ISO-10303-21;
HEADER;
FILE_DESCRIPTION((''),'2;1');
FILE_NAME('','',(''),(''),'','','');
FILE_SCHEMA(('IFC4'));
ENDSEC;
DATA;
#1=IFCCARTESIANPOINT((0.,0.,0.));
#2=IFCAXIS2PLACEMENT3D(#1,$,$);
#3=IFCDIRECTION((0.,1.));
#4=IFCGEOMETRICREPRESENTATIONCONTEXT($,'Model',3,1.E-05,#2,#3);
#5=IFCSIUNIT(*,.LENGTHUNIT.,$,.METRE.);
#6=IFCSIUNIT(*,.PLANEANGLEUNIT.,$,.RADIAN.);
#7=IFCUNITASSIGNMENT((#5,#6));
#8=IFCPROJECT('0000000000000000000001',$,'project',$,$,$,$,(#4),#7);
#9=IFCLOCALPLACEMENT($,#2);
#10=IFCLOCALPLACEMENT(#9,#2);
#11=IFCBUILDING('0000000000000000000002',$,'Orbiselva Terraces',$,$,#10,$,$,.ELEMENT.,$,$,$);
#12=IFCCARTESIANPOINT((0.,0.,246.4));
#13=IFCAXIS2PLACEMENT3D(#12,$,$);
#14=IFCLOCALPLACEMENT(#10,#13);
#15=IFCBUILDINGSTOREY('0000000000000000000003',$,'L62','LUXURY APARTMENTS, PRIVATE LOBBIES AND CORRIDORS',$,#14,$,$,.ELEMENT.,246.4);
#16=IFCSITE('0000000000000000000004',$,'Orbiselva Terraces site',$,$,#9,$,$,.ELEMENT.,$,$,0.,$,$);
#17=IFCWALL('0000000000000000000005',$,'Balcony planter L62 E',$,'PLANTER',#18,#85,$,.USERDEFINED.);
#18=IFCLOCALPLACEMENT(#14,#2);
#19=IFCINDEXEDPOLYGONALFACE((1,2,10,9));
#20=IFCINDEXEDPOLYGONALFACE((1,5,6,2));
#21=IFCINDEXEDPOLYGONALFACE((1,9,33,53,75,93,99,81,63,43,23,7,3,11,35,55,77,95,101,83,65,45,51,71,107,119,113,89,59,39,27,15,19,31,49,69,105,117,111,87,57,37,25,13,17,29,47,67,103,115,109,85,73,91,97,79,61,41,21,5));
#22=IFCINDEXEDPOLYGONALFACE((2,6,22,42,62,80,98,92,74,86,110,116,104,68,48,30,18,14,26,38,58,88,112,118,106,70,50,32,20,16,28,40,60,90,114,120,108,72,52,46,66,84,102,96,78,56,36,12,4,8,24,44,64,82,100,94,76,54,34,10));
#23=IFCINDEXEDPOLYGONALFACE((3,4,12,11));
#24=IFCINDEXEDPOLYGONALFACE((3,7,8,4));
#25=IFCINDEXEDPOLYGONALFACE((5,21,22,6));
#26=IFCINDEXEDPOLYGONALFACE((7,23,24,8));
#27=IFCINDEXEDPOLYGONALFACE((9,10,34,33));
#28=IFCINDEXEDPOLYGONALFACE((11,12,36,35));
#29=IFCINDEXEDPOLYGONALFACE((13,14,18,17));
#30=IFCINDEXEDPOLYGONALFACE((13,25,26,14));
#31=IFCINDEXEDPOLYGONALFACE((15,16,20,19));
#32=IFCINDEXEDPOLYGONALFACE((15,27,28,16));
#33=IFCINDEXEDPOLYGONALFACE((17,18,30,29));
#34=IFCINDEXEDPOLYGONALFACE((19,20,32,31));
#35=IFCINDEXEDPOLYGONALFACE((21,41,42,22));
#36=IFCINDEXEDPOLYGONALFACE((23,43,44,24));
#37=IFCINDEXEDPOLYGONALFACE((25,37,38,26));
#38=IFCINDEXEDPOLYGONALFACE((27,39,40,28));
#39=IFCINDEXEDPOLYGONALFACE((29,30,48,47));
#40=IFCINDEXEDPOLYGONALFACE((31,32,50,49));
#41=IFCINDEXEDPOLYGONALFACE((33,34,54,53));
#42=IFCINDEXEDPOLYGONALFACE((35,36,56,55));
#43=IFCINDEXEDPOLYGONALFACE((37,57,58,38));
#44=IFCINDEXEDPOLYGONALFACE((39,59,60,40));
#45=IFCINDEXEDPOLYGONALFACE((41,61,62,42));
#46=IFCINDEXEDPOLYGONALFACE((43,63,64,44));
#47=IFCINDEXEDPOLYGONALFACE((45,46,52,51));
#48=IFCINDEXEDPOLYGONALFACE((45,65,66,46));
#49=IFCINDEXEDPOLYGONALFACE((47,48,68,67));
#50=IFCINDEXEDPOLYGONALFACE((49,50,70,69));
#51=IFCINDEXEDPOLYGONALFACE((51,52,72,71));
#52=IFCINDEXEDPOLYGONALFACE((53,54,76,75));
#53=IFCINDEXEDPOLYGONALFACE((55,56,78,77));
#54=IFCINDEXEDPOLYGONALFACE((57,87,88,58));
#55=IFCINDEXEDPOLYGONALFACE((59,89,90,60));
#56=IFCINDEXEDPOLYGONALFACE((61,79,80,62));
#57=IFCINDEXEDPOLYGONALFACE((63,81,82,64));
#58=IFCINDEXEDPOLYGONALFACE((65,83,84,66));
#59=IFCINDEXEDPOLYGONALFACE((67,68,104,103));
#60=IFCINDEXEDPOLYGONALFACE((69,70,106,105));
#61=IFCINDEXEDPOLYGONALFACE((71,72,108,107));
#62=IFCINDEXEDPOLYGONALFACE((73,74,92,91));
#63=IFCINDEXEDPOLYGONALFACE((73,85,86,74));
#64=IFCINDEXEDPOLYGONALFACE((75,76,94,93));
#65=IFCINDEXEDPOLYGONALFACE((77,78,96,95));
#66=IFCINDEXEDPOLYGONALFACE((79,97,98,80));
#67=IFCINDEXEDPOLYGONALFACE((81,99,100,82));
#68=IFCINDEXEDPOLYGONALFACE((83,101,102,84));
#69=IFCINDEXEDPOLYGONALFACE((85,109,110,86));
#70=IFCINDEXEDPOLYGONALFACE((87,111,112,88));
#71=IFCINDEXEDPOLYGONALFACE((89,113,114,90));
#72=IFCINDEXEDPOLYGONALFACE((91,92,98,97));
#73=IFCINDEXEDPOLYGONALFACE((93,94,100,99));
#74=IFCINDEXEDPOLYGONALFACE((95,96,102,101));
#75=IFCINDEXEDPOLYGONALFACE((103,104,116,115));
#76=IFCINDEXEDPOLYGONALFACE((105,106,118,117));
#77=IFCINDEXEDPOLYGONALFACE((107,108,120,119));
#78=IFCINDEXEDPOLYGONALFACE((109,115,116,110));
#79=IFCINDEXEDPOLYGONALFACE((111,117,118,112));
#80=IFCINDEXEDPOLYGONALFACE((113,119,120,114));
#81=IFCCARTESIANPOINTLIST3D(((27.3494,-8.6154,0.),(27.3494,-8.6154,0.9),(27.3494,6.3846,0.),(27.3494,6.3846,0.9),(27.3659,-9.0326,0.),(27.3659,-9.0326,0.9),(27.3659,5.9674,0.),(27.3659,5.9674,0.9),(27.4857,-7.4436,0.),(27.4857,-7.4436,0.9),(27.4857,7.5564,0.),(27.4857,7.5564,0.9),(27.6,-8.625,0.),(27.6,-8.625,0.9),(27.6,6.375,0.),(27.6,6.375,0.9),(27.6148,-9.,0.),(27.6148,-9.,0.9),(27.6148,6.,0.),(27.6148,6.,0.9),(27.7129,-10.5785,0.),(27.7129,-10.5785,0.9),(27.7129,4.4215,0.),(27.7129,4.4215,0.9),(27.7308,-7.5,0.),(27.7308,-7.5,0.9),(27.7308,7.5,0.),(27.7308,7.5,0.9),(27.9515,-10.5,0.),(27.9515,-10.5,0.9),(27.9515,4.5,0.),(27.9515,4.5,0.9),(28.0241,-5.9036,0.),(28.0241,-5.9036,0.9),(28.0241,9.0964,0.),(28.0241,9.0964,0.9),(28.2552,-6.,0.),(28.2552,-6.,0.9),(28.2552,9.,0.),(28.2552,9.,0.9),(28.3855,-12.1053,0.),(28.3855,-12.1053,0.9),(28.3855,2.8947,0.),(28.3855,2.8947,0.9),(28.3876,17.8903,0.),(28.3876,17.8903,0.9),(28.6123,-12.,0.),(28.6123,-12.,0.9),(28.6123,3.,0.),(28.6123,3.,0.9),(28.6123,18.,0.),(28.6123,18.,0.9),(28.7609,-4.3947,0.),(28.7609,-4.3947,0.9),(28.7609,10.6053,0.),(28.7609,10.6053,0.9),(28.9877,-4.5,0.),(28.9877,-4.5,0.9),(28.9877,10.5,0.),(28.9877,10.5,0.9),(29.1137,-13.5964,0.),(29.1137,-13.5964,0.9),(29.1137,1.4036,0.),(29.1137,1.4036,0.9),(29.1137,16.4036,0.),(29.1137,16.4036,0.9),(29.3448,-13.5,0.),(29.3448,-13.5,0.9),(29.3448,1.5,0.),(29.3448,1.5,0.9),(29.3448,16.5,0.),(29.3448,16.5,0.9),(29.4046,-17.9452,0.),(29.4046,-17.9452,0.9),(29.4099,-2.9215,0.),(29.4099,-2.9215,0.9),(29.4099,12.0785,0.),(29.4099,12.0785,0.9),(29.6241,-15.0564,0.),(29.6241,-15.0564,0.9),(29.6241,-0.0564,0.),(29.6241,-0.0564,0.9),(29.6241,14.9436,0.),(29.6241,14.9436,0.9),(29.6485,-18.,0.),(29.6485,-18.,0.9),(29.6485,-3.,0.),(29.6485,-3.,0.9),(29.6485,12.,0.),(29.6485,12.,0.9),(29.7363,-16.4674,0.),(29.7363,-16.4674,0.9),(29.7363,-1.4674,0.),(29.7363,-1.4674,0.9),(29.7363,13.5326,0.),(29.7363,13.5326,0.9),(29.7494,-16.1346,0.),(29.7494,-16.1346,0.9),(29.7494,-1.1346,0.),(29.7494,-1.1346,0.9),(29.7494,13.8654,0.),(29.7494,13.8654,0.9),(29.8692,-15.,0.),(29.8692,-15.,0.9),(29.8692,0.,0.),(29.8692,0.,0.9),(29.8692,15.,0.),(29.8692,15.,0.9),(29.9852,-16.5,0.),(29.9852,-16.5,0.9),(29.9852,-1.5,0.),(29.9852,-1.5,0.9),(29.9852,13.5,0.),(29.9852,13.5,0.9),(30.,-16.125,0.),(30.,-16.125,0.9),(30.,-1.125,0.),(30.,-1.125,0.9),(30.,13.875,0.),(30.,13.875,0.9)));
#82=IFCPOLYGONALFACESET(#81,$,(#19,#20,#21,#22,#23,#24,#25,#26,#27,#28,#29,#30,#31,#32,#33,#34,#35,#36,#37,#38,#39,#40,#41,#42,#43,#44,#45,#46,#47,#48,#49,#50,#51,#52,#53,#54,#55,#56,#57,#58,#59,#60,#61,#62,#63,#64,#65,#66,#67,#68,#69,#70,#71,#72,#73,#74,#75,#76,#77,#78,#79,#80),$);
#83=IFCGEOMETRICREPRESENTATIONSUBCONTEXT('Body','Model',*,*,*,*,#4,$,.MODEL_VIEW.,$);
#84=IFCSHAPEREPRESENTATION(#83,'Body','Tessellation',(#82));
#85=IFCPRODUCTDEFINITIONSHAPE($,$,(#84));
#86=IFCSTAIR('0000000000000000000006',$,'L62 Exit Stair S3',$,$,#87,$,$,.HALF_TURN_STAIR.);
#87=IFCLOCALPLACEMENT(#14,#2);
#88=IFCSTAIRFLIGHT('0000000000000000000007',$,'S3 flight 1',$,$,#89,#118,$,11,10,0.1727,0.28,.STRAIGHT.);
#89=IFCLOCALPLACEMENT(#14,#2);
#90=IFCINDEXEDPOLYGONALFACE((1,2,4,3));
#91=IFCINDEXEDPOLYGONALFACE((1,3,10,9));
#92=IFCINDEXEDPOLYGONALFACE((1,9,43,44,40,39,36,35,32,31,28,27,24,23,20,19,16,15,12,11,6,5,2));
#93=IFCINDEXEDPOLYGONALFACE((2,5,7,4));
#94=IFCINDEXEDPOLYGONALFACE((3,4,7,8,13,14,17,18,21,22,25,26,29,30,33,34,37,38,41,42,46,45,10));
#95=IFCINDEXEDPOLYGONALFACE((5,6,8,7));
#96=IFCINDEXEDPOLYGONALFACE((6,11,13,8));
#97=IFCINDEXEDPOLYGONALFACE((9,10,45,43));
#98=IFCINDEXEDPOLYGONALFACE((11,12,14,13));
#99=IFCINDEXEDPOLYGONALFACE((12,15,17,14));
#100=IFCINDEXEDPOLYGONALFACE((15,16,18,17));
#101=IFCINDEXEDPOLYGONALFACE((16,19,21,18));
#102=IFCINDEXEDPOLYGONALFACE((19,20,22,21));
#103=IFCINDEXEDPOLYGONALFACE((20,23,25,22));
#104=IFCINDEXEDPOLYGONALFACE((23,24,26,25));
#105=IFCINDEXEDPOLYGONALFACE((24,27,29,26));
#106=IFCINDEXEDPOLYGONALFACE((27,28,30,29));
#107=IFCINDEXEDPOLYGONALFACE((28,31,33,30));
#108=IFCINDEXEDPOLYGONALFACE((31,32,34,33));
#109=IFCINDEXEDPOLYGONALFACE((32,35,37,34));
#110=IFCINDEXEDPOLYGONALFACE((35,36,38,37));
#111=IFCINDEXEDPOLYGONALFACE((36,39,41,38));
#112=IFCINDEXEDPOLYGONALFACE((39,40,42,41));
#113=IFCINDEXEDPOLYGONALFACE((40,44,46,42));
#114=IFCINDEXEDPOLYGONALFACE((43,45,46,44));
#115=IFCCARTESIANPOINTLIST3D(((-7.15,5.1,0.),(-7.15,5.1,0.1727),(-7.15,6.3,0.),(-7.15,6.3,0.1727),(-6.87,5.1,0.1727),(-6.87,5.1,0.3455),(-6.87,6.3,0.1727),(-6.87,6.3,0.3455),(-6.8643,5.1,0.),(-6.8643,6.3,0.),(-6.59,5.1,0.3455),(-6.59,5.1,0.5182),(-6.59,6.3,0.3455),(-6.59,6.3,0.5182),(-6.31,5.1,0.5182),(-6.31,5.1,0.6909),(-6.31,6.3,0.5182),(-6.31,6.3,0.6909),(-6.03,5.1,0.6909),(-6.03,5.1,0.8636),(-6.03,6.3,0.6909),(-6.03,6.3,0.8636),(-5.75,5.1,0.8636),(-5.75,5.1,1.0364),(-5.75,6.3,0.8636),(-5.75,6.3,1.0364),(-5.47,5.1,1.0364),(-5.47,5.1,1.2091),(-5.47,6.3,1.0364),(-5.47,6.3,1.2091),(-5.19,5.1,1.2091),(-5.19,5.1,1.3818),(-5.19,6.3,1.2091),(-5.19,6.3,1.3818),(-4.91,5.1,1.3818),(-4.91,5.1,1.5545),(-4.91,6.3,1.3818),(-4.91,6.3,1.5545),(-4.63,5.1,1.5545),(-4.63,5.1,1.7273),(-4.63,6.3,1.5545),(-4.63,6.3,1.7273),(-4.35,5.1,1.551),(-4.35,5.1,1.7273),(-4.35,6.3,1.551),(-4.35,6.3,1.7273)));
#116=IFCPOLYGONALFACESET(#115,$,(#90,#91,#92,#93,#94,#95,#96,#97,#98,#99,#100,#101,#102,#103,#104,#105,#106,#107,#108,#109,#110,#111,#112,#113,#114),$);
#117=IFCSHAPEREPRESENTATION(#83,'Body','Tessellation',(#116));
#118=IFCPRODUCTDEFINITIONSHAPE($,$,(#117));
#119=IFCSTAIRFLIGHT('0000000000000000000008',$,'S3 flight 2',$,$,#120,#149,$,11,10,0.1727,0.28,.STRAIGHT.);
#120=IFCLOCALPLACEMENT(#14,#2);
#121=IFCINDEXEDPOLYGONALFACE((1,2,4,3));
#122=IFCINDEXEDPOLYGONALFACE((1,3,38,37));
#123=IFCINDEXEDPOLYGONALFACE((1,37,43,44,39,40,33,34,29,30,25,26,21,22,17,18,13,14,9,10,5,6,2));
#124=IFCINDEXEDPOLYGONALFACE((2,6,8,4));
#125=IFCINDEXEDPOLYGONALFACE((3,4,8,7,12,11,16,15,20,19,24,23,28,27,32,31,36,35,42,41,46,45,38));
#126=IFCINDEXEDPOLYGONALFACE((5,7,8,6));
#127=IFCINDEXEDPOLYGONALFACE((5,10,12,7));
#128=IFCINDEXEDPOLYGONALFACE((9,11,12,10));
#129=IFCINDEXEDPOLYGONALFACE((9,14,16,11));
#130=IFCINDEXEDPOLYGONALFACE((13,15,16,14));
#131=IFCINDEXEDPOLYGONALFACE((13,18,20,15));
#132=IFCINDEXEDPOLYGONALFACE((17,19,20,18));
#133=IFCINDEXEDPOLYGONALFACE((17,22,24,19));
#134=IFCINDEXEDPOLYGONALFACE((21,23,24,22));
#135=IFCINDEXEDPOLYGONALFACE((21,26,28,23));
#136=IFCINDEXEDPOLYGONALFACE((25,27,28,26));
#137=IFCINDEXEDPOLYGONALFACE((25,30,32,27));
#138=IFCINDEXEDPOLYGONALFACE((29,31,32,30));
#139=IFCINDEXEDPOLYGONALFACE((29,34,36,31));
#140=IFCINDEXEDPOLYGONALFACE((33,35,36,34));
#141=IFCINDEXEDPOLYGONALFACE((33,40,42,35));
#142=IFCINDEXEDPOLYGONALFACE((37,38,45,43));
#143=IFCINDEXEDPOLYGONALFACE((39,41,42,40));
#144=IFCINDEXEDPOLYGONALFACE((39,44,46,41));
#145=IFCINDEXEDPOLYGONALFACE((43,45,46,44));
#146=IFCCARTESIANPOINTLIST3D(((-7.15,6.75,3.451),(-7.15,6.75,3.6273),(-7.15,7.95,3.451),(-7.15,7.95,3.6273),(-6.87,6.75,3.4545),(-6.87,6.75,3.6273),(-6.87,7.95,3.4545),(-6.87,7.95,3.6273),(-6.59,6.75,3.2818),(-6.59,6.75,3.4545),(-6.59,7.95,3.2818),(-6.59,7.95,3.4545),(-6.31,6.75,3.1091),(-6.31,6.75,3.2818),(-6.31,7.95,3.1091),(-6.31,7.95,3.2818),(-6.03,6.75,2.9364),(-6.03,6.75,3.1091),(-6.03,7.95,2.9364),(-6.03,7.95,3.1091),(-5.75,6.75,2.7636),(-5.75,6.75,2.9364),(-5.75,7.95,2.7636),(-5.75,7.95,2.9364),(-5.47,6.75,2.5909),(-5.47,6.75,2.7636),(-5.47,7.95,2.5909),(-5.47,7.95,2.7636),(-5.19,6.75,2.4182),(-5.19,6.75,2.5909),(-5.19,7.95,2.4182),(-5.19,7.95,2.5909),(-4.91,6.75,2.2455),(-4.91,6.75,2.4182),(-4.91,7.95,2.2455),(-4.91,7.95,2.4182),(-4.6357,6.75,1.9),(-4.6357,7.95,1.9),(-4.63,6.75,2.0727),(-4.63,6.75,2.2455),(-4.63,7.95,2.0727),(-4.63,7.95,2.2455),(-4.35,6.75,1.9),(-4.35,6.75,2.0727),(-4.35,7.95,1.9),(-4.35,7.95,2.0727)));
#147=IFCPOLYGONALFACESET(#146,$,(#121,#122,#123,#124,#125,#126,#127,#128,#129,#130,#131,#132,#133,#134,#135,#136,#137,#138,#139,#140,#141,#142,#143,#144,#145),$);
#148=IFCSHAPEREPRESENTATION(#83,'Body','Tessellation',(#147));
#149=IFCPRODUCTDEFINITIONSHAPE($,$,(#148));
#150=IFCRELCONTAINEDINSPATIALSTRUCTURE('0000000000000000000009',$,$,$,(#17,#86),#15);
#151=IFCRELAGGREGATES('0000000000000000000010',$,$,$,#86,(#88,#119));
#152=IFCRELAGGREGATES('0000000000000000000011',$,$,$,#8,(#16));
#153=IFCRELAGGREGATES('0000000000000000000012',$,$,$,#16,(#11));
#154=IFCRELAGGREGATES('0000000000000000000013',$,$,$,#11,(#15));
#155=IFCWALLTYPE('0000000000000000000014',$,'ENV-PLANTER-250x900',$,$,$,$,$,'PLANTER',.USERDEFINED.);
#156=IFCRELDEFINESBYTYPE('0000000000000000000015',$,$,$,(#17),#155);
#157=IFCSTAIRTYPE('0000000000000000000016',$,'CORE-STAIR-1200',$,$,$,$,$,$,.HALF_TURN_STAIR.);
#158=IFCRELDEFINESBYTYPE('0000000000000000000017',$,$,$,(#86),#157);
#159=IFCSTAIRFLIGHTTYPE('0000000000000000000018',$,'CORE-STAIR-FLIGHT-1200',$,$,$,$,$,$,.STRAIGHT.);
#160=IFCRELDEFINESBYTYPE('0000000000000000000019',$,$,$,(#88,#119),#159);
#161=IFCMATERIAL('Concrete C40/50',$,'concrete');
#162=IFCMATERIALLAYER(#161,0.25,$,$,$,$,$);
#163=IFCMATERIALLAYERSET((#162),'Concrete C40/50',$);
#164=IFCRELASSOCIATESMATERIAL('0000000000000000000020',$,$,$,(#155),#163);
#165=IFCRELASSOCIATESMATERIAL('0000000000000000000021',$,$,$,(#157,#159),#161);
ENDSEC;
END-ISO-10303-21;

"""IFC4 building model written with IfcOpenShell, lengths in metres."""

from ifc_helpers import new_model, si_unit, direction, frame, origin, place, context, subcontext, project, spatial, polyline, outline, extrude, material, layer, layer_set, type_object, element, aggregate, save


model = new_model("IFC4")

# Units and contexts
model_context = context("Model", 3, precision=1e-05, world=origin(), true_north=direction((0.0, 1.0)))
body_context = subcontext(model_context, "Body", "Model", "MODEL_VIEW")
ifc_project = project(units=[si_unit("LENGTHUNIT", "METRE"), si_unit("PLANEANGLEUNIT", "RADIAN")], contexts=[model_context])

# Site, building, storey
site_placement = place(None, origin())
site = spatial("IfcSite", under=ifc_project, at=site_placement, Name="Orbiselva Terraces site", CompositionType="ELEMENT", RefElevation=0.0)
building_placement = place(site_placement, origin())
building = spatial("IfcBuilding", under=site, at=building_placement, Name="Orbiselva Terraces", CompositionType="ELEMENT")
storey_placement = place(building_placement, frame((0.0, 0.0, 246.4)))
storey = spatial("IfcBuildingStorey", under=building, at=storey_placement, Name="L62", Description="LUXURY APARTMENTS, PRIVATE LOBBIES AND CORRIDORS", CompositionType="ELEMENT", Elevation=246.4)

# Wall
ifc_material_1 = material(Name="Concrete C40/50", Category="concrete")
ifc_layer_1 = layer(ifc_material_1, 0.25)
ifc_layer_set_1 = layer_set([ifc_layer_1], Name="Concrete C40/50")
wall_type_1 = type_object("IfcWallType", Name="ENV-PLANTER-250x900", ElementType="PLANTER", PredefinedType="USERDEFINED", material=ifc_layer_set_1)
wall_1_placement = place(storey_placement, origin())
element("IfcWall", 1, at=wall_1_placement, inside=storey, type_object=wall_type_1, Name="Balcony planter L62 E", ObjectType="PLANTER", PredefinedType="USERDEFINED", context=body_context, shape_type="SweptSolid", body=[
    extrude(outline(polyline([(29.6485, -18.0), (29.9852, -16.5), (30.0, -16.125), (29.8692, -15.0), (29.3448, -13.5), (28.6123, -12.0), (27.9515, -10.5), (27.6148, -9.0), (27.6, -8.625), (27.7308, -7.5), (28.2552, -6.0), (28.9877, -4.5), (29.6485, -3.0), (29.9852, -1.5), (30.0, -1.125), (29.8692, 0.0), (29.3448, 1.5), (28.6123, 3.0), (27.9515, 4.5), (27.6148, 6.0), (27.6, 6.375), (27.7308, 7.5), (28.2552, 9.0), (28.9877, 10.5), (29.6485, 12.0), (29.9852, 13.5), (30.0, 13.875), (29.8692, 15.0), (29.3448, 16.5), (28.6123, 18.0), (28.3876, 17.8903), (29.1137, 16.4036), (29.6241, 14.9436), (29.7494, 13.8654), (29.7363, 13.5326), (29.4099, 12.0785), (28.7609, 10.6053), (28.0241, 9.0964), (27.4857, 7.5564), (27.3494, 6.3846), (27.3659, 5.9674), (27.7129, 4.4215), (28.3855, 2.8947), (29.1137, 1.4036), (29.6241, -0.0564), (29.7494, -1.1346), (29.7363, -1.4674), (29.4099, -2.9215), (28.7609, -4.3947), (28.0241, -5.9036), (27.4857, -7.4436), (27.3494, -8.6154), (27.3659, -9.0326), (27.7129, -10.5785), (28.3855, -12.1053), (29.1137, -13.5964), (29.6241, -15.0564), (29.7494, -16.1346), (29.7363, -16.4674), (29.4046, -17.9452), (29.6485, -18.0)])), origin(), (0.0, 0.0, 1.0), 0.9),
])

# Stair, stair flights
stair_type = type_object("IfcStairType", Name="CORE-STAIR-1200", PredefinedType="HALF_TURN_STAIR", material=ifc_material_1)
stair_placement = place(storey_placement, origin())
stair = element("IfcStair", 2, at=stair_placement, inside=storey, type_object=stair_type, Name="L62 Exit Stair S3", PredefinedType="HALF_TURN_STAIR")
stair_flight_type = type_object("IfcStairFlightType", Name="CORE-STAIR-FLIGHT-1200", PredefinedType="STRAIGHT", material=ifc_material_1)
stair_flight_1_placement = place(storey_placement, frame((-7.15, 5.7, 0.0), z_axis=(0.0, 0.0, 1.0), x_axis=(1.0, 0.0, 0.0)))
stair_flight_1 = element("IfcStairFlight", 3, at=stair_flight_1_placement, type_object=stair_flight_type, Name="S3 flight 1", NumberOfRisers=11, NumberOfTreads=10, PredefinedType="STRAIGHT", RiserHeight=0.1727, TreadLength=0.28, context=body_context, shape_type="SweptSolid", body=[
    extrude(outline(polyline([(0.0, 0.0), (0.0, 0.1727), (0.28, 0.1727), (0.28, 0.3455), (0.56, 0.3455), (0.56, 0.5182), (0.84, 0.5182), (0.84, 0.6909), (1.12, 0.6909), (1.12, 0.8636), (1.4, 0.8636), (1.4, 1.0364), (1.68, 1.0364), (1.68, 1.2091), (1.96, 1.2091), (1.96, 1.3818), (2.24, 1.3818), (2.24, 1.5545), (2.52, 1.5545), (2.52, 1.7273), (2.8, 1.7273), (2.8, 1.9), (2.8, 1.551), (0.2857, 0.0), (0.0, 0.0)])), frame((0.0, 0.6, 0.0), z_axis=(0.0, -1.0, 0.0), x_axis=(1.0, 0.0, 0.0)), (0.0, 0.0, 1.0), 1.2),
])
stair_flight_2_placement = place(storey_placement, frame((-4.35, 7.35, 1.9), z_axis=(0.0, 0.0, 1.0), x_axis=(-1.0, 0.0, 0.0)))
stair_flight_2 = element("IfcStairFlight", 4, at=stair_flight_2_placement, type_object=stair_flight_type, Name="S3 flight 2", NumberOfRisers=11, NumberOfTreads=10, PredefinedType="STRAIGHT", RiserHeight=0.1727, TreadLength=0.28, context=body_context, shape_type="SweptSolid", body=[
    extrude(outline(polyline([(0.0, 0.0), (0.0, 0.1727), (0.28, 0.1727), (0.28, 0.3455), (0.56, 0.3455), (0.56, 0.5182), (0.84, 0.5182), (0.84, 0.6909), (1.12, 0.6909), (1.12, 0.8636), (1.4, 0.8636), (1.4, 1.0364), (1.68, 1.0364), (1.68, 1.2091), (1.96, 1.2091), (1.96, 1.3818), (2.24, 1.3818), (2.24, 1.5545), (2.52, 1.5545), (2.52, 1.7273), (2.8, 1.7273), (2.8, 1.9), (2.8, 1.551), (0.2857, 0.0), (0.0, 0.0)])), frame((0.0, 0.6, 0.0), z_axis=(0.0, -1.0, 0.0), x_axis=(1.0, 0.0, 0.0)), (0.0, 0.0, 1.0), 1.2),
])
aggregate(stair, [stair_flight_1, stair_flight_2])

save(model, "model.ifc")
